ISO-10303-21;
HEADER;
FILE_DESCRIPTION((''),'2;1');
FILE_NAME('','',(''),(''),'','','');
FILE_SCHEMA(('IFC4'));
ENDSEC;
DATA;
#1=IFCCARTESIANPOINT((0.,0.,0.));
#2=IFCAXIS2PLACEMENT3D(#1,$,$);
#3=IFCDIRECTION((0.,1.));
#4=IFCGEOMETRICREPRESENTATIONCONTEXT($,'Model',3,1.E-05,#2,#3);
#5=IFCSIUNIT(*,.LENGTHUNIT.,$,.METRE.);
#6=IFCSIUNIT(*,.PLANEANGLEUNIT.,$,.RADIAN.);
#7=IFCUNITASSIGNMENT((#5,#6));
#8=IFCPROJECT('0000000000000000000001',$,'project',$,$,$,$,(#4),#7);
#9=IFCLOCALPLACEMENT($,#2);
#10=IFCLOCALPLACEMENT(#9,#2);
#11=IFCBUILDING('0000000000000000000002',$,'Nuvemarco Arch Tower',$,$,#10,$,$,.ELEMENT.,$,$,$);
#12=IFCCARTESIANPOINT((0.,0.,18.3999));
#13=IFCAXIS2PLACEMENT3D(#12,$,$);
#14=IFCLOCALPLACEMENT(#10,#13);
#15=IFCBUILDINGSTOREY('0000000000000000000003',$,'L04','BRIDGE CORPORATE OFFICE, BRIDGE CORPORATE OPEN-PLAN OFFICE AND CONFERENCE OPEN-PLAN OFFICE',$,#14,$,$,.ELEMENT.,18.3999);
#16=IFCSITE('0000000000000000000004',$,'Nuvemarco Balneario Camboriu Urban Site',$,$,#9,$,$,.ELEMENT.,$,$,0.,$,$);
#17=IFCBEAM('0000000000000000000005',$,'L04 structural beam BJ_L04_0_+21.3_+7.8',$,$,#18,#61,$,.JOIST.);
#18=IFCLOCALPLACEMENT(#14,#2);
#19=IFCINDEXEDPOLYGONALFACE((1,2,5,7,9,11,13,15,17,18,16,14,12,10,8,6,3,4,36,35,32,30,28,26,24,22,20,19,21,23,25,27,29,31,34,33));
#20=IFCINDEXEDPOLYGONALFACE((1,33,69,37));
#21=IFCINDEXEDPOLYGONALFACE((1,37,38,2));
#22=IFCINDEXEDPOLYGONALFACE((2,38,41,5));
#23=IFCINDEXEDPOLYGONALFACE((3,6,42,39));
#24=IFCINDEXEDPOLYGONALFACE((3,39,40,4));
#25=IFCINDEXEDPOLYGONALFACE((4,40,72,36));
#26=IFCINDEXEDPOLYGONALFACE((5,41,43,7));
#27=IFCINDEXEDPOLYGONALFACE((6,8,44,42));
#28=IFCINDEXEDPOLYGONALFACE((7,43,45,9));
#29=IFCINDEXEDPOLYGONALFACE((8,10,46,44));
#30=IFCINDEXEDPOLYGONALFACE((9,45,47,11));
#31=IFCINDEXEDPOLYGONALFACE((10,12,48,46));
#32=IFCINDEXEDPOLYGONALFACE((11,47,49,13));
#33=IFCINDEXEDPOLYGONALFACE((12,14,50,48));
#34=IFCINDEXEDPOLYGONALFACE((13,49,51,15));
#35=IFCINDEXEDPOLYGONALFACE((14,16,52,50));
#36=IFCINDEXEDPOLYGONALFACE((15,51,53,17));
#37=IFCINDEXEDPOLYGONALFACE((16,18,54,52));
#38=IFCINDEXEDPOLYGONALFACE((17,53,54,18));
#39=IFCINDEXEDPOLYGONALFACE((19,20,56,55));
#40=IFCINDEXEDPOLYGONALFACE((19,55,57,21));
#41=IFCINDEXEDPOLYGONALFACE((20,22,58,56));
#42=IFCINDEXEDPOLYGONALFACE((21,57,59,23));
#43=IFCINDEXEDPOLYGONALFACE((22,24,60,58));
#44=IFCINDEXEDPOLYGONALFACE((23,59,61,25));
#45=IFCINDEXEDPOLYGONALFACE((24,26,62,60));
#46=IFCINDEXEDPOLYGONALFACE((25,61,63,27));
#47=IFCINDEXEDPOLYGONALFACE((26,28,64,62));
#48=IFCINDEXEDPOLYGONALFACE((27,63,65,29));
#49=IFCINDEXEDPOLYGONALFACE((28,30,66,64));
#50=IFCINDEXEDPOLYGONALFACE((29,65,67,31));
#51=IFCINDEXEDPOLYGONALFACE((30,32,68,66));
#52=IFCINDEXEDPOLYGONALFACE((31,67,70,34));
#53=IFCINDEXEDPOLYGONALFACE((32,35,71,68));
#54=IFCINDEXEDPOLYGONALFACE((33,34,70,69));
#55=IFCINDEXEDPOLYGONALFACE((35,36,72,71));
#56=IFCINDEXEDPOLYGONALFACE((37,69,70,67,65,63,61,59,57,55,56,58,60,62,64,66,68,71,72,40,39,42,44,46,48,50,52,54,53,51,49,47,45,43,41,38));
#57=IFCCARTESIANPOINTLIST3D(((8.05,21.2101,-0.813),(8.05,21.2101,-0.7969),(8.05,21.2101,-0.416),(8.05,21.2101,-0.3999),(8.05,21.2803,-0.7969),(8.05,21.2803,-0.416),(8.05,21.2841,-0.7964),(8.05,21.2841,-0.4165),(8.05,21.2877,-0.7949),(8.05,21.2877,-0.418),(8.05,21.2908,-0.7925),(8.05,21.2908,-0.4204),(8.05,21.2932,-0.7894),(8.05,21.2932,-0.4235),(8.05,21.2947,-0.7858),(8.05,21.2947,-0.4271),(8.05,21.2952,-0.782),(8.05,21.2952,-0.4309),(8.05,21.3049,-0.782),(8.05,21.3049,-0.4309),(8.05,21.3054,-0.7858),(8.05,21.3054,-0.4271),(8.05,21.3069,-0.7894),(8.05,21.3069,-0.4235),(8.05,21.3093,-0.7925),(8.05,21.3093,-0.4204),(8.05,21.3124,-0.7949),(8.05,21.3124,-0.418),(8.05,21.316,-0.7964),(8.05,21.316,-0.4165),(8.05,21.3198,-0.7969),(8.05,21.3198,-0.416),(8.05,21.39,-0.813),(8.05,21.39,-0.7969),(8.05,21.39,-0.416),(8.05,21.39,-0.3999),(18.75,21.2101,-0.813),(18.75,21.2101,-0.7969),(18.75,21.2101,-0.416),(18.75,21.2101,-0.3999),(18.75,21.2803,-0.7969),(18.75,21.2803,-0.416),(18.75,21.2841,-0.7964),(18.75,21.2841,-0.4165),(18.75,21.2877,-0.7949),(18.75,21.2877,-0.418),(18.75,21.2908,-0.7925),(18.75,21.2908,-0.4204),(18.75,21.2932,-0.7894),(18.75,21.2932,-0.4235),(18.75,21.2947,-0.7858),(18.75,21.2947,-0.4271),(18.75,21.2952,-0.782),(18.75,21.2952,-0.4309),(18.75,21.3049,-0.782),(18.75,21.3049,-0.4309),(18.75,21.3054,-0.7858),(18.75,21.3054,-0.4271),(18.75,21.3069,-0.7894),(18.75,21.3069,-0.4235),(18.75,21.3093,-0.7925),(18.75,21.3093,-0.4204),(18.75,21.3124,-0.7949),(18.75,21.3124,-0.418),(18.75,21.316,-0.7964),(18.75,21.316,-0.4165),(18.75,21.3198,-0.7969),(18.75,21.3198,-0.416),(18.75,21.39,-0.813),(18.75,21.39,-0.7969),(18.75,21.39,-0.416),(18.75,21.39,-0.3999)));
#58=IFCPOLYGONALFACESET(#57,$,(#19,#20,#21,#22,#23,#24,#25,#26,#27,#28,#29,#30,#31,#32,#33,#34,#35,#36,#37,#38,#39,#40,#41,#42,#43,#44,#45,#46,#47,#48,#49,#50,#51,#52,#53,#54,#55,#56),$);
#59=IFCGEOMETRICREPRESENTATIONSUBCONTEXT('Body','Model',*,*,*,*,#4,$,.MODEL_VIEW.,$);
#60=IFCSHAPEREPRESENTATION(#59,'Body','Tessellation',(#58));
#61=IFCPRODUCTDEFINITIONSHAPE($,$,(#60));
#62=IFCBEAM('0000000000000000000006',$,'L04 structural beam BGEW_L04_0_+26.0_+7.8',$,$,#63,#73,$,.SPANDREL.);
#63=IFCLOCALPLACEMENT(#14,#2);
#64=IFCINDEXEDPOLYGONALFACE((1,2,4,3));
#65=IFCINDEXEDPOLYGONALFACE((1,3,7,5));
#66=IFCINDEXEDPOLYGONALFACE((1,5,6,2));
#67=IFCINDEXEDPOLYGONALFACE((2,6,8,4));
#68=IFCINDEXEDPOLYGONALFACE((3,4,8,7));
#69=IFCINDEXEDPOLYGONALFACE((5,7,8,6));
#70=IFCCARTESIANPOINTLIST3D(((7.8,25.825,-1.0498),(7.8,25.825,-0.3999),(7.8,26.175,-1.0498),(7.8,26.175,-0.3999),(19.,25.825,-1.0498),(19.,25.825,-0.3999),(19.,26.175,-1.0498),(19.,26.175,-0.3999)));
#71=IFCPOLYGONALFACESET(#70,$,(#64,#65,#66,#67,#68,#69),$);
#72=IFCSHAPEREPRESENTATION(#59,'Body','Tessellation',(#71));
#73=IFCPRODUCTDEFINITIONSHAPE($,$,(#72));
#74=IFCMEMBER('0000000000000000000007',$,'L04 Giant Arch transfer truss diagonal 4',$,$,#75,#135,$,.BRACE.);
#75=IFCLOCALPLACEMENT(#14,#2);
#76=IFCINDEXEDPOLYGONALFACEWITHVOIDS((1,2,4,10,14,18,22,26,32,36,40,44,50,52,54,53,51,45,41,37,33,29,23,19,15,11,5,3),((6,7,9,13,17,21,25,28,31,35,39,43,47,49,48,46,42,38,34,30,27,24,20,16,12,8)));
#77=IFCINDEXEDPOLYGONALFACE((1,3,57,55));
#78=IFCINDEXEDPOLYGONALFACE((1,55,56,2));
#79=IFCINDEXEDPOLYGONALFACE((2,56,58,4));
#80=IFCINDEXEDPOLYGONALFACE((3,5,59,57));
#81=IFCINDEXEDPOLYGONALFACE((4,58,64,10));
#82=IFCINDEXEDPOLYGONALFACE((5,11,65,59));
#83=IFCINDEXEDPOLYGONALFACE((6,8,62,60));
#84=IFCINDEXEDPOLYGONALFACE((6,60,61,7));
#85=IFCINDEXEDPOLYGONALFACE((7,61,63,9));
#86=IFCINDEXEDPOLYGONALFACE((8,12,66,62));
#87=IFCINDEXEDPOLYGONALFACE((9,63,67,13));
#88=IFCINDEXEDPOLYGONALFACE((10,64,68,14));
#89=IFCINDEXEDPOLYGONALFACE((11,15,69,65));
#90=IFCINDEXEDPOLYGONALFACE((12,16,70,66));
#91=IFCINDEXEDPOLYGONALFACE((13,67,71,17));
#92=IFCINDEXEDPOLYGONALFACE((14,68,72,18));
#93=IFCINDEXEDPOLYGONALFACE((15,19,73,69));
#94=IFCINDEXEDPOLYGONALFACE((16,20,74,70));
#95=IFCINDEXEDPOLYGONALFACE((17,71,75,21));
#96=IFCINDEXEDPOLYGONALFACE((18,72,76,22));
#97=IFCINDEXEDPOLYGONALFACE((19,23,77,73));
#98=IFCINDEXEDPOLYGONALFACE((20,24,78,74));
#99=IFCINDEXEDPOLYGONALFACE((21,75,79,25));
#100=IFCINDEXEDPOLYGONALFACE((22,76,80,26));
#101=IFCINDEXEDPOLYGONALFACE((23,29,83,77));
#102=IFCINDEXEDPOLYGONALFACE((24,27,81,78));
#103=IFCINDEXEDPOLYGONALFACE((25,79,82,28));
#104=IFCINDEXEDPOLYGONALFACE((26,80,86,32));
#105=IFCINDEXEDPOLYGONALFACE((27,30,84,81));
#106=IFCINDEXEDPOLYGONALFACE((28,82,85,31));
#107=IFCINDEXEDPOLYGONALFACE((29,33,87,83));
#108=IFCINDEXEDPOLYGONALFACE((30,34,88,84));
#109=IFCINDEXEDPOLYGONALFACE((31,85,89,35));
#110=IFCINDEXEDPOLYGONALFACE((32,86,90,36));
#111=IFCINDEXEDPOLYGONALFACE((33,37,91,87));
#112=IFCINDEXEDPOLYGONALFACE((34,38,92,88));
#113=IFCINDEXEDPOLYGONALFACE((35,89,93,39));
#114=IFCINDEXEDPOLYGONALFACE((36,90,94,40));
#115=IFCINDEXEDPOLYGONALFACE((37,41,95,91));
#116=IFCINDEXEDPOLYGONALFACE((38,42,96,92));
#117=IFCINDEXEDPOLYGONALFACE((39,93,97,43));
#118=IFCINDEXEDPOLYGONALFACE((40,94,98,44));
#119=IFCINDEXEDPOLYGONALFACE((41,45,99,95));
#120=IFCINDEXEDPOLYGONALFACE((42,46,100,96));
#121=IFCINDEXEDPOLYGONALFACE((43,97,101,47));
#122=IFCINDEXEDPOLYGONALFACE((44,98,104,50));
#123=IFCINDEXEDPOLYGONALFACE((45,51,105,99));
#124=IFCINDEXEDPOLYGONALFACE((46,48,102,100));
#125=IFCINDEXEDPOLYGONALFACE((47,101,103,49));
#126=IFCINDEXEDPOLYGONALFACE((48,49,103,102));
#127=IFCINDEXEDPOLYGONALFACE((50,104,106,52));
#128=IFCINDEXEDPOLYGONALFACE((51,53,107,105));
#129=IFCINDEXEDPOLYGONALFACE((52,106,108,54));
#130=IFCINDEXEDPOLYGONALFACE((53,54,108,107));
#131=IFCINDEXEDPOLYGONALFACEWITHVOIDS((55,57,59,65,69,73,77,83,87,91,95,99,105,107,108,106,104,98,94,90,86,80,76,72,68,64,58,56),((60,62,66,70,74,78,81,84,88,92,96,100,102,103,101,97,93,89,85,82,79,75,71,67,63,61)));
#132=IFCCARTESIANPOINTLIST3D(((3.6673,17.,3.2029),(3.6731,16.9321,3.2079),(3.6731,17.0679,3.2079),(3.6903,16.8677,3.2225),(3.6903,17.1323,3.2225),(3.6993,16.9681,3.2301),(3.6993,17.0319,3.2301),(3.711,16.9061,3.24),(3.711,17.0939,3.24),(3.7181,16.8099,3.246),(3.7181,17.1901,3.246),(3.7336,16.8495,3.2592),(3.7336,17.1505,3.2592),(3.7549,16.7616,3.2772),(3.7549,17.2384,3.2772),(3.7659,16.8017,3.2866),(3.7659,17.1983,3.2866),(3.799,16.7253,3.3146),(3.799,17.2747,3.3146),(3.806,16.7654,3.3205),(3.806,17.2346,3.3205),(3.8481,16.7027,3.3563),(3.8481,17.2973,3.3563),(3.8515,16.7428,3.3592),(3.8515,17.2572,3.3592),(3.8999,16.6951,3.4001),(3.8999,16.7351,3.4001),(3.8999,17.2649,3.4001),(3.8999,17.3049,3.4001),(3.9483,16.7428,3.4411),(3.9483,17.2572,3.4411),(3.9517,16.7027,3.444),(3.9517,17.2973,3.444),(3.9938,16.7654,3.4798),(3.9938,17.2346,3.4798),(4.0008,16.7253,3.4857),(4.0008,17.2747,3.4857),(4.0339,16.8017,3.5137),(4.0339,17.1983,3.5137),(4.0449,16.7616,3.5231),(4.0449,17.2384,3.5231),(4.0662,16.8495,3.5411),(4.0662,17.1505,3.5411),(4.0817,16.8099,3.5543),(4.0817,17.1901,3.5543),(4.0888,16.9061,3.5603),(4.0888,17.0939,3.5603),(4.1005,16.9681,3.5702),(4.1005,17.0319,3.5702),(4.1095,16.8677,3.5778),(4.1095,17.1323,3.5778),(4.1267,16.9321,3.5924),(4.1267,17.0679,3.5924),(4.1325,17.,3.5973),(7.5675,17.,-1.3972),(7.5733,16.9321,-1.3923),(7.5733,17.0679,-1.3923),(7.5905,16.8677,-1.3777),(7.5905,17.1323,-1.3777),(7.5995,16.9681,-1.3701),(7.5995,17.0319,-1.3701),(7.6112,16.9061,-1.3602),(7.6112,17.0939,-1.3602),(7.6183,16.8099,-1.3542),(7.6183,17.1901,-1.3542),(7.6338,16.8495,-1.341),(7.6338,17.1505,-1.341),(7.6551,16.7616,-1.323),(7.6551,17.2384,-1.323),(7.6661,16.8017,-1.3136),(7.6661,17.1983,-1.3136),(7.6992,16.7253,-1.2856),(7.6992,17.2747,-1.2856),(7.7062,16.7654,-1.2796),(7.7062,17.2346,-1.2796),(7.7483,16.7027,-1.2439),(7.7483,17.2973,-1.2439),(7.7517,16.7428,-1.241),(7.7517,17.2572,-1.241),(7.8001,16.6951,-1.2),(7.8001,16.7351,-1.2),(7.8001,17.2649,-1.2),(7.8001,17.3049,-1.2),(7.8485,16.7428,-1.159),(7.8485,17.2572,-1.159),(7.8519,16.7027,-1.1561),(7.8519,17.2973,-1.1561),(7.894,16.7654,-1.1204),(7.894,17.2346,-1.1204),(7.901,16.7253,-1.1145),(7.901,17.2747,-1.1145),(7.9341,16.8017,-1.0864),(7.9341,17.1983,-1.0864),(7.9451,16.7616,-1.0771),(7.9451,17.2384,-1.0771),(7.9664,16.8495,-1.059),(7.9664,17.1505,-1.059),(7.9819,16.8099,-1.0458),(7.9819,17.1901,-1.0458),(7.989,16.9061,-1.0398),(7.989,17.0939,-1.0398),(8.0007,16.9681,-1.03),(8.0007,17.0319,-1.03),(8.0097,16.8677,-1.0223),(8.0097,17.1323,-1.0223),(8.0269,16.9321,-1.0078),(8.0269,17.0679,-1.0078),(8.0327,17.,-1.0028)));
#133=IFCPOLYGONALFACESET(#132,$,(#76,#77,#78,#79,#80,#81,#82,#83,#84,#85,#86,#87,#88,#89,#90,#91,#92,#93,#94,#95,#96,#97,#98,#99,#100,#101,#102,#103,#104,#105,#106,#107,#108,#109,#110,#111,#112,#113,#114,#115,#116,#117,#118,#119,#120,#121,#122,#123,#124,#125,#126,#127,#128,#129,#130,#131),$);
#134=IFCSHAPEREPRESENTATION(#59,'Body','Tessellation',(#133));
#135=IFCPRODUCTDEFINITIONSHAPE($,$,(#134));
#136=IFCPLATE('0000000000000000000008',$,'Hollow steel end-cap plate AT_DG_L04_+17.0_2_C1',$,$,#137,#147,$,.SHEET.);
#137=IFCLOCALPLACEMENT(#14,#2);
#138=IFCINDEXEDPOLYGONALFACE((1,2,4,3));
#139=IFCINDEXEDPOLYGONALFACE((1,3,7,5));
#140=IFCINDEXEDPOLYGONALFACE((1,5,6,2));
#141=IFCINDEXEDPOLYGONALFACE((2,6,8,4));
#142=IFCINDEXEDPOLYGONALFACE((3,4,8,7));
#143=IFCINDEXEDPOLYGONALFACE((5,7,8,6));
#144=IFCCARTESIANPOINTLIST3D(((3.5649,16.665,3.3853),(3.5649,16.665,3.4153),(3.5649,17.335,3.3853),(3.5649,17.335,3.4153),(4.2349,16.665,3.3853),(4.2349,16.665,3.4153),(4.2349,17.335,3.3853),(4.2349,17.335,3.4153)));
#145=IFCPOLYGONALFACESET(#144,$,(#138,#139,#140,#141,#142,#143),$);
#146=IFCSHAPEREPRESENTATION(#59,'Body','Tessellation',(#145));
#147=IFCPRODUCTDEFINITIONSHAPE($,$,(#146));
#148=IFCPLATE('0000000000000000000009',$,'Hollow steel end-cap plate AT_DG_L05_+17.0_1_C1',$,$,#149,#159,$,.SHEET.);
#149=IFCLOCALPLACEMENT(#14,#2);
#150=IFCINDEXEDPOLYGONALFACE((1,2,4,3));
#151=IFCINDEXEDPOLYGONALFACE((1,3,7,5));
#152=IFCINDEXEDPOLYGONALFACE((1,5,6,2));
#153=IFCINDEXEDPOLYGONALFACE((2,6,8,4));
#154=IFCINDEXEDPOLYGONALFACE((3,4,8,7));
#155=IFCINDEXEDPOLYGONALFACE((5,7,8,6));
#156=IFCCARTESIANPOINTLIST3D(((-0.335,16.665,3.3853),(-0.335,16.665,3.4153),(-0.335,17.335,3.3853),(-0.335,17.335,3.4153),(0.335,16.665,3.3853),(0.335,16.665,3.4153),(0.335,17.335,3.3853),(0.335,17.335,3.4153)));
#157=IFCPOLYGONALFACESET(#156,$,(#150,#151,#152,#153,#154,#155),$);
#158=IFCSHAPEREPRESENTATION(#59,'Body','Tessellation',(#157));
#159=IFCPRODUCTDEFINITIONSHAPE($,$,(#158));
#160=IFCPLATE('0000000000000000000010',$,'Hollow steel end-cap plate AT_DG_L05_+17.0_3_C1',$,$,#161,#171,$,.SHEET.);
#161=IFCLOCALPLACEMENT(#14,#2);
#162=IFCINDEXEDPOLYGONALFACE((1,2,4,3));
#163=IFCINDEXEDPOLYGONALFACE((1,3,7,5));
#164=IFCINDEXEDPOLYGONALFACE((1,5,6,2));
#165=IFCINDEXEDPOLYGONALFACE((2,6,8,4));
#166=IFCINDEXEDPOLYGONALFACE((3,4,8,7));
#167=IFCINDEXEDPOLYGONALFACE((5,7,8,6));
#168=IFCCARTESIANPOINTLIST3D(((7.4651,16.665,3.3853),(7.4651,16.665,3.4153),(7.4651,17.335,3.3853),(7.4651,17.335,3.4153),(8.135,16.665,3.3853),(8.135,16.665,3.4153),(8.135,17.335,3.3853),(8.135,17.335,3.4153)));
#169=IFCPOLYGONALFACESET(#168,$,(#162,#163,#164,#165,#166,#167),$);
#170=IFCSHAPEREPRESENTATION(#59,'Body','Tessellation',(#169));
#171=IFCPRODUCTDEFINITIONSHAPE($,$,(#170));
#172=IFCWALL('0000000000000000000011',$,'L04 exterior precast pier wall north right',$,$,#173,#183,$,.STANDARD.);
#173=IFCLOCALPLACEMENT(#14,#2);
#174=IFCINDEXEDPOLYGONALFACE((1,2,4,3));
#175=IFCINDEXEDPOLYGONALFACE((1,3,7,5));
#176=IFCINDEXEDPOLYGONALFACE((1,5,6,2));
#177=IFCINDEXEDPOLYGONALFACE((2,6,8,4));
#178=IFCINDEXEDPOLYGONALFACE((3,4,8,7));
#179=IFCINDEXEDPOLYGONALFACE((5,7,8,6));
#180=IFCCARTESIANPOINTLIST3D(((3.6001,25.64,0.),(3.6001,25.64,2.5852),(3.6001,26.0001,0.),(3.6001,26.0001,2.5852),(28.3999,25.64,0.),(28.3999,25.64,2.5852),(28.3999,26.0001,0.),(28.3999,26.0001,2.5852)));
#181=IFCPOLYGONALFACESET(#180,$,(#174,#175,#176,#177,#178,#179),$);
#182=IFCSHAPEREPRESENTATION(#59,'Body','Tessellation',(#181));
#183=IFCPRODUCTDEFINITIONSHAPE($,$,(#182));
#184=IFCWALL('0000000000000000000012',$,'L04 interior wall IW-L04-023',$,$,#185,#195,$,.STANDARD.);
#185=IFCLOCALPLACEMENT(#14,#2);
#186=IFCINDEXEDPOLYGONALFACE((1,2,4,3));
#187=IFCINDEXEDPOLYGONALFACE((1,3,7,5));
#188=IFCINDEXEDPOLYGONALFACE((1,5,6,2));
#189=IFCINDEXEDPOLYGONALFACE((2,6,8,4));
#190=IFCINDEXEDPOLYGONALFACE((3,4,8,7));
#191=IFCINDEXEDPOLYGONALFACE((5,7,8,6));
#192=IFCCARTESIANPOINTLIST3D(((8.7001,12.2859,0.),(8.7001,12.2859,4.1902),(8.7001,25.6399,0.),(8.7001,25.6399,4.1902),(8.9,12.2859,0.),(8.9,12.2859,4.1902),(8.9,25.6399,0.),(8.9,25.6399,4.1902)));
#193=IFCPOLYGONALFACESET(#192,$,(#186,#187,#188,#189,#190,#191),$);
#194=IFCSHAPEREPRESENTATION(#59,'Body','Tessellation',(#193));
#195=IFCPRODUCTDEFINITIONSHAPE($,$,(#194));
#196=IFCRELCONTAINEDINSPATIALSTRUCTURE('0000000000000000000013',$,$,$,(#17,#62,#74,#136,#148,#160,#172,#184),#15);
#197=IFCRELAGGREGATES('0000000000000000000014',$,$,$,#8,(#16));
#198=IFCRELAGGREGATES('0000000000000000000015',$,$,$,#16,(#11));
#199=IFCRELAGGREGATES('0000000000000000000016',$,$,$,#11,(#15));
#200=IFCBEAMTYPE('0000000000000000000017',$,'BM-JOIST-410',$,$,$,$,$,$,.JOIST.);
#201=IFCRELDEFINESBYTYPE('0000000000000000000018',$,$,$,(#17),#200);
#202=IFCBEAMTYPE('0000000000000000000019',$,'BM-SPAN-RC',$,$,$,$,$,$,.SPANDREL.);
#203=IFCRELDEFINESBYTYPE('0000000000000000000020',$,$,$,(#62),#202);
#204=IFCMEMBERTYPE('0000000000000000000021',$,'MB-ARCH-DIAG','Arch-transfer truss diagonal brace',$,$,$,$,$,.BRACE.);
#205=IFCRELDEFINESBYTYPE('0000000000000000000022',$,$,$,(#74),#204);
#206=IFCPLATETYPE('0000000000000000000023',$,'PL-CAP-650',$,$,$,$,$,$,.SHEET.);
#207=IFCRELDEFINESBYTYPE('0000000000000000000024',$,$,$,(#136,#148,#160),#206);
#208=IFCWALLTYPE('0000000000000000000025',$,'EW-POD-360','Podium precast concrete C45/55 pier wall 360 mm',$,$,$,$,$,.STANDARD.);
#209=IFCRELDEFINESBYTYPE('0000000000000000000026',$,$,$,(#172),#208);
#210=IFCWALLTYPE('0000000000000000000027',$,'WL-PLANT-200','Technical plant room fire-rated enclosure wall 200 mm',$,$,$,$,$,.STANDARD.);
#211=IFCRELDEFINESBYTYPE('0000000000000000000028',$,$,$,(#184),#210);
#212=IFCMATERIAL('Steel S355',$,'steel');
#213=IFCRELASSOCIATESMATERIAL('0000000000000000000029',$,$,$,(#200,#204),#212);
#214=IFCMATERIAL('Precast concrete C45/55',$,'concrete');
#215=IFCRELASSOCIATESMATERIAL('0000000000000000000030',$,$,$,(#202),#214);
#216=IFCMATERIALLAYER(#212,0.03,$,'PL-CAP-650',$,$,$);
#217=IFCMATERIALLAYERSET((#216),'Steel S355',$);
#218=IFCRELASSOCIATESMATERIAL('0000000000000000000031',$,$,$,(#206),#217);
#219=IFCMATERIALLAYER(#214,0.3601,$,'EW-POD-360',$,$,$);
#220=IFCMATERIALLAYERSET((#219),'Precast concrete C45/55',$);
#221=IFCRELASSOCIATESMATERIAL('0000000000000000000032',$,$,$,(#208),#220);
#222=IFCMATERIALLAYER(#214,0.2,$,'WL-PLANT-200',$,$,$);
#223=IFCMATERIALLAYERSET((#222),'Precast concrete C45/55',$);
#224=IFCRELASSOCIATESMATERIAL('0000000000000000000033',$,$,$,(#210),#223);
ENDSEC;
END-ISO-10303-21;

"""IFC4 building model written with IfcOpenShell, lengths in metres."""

from ifc_helpers import new_model, si_unit, direction, frame, frame_2d, origin, origin_2d, place, context, subcontext, project, spatial, rectangle, hollow_circle, i_section, extrude, source, transform, mapped, material, layer, layer_set, material_profile, profile_set, type_object, type_shapes, element, save


model = new_model("IFC4")

# Units and contexts
model_context = context("Model", 3, precision=1e-05, world=origin(), true_north=direction((0.0, 1.0)))
body_context = subcontext(model_context, "Body", "Model", "MODEL_VIEW")
ifc_project = project(units=[si_unit("LENGTHUNIT", "METRE"), si_unit("PLANEANGLEUNIT", "RADIAN")], contexts=[model_context])

# Site, building, storey
site_placement = place(None, origin())
site = spatial("IfcSite", under=ifc_project, at=site_placement, Name="Nuvemarco Balneario Camboriu Urban Site", CompositionType="ELEMENT", RefElevation=0.0)
building_placement = place(site_placement, origin())
building = spatial("IfcBuilding", under=site, at=building_placement, Name="Nuvemarco Arch Tower", CompositionType="ELEMENT")
storey_placement = place(building_placement, frame((0.0, 0.0, 18.3999)))
storey = spatial("IfcBuildingStorey", under=building, at=storey_placement, Name="L04", Description="BRIDGE CORPORATE OFFICE, BRIDGE CORPORATE OPEN-PLAN OFFICE AND CONFERENCE OPEN-PLAN OFFICE", CompositionType="ELEMENT", Elevation=18.3999)

# Shared definitions
ifc_material_1 = material(Name="Steel S355", Category="steel")

# Beams
ifc_material_profile_1 = material_profile(ifc_material_1, i_section(OverallWidth=0.1799, OverallDepth=0.4131, WebThickness=0.0098, FlangeThickness=0.0161, FilletRadius=0.0149, at=origin_2d()), Name="W410x75")
ifc_profile_set_1 = profile_set([ifc_material_profile_1], Name="Steel S355")
beam_type_1 = type_object("IfcBeamType", Name="BM-JOIST-410", PredefinedType="JOIST", material=ifc_profile_set_1)
beam_1_placement = place(storey_placement, frame((8.05, 21.3, -0.6064), z_axis=(1.0, 0.0, 0.0), x_axis=(0.0, 1.0, 0.0)))
element("IfcBeam", 1, at=beam_1_placement, inside=storey, type_object=beam_type_1, Name="L04 structural beam BJ_L04_0_+21.3_+7.8", PredefinedType="JOIST", context=body_context, shape_type="SweptSolid", body=[
    extrude(i_section(OverallWidth=0.1799, OverallDepth=0.4131, WebThickness=0.0098, FlangeThickness=0.0161, FilletRadius=0.0149, at=origin_2d()), origin(), (0.0, 0.0, 1.0), 10.7),
])
ifc_material_2 = material(Name="Precast concrete C45/55", Category="concrete")
ifc_material_profile_2 = material_profile(ifc_material_2, rectangle(XDim=0.3501, YDim=0.6499, at=origin_2d()), Name="PC-SP-350x650")
ifc_profile_set_2 = profile_set([ifc_material_profile_2], Name="Precast concrete C45/55")
beam_type_2 = type_object("IfcBeamType", Name="BM-SPAN-RC", PredefinedType="SPANDREL", material=ifc_profile_set_2)
beam_2_placement = place(storey_placement, frame((7.8, 26.0, -0.7249), z_axis=(1.0, 0.0, 0.0), x_axis=(0.0, 1.0, 0.0)))
element("IfcBeam", 2, at=beam_2_placement, inside=storey, type_object=beam_type_2, Name="L04 structural beam BGEW_L04_0_+26.0_+7.8", PredefinedType="SPANDREL", context=body_context, shape_type="SweptSolid", body=[
    extrude(rectangle(XDim=0.3501, YDim=0.6499, at=origin_2d()), origin(), (0.0, 0.0, 1.0), 11.2),
])

# Member
ifc_material_profile_3 = material_profile(ifc_material_1, hollow_circle(Radius=0.3049, WallThickness=0.04, at=origin_2d()), Name="CHS610x40")
ifc_profile_set_3 = profile_set([ifc_material_profile_3], Name="Steel S355")
member_type = type_object("IfcMemberType", Name="MB-ARCH-DIAG", Description="Arch-transfer truss diagonal brace", PredefinedType="BRACE", material=ifc_profile_set_3)
member_placement = place(storey_placement, frame((3.8999, 17.0, 3.4001), z_axis=(0.646691, 0.0, -0.762752), x_axis=(0.0, 1.0, 0.0)))
element("IfcMember", 3, at=member_placement, inside=storey, type_object=member_type, Name="L04 Giant Arch transfer truss diagonal 4", PredefinedType="BRACE", context=body_context, shape_type="SweptSolid", body=[
    extrude(hollow_circle(Radius=0.3049, WallThickness=0.04, at=origin_2d()), origin(), (0.0, 0.0, 1.0), 6.031),
])

# Plates
ifc_layer_1 = layer(ifc_material_1, 0.03, Name="PL-CAP-650")
ifc_layer_set_1 = layer_set([ifc_layer_1], Name="Steel S355")
plate_type = type_object("IfcPlateType", Name="PL-CAP-650", PredefinedType="SHEET", material=ifc_layer_set_1)
shared_shape_1 = source(origin(), body_context, "Body", "SweptSolid", [
    extrude(rectangle(XDim=0.6699, YDim=0.6699, at=origin_2d()), origin(), (0.0, 0.0, 1.0), 0.03),
])
type_shapes(plate_type, [shared_shape_1])
for number, where, z_axis, x_axis, name in (
    (4, (3.8999, 17.0, 3.3853), (0.0, 0.0, 1.0), (1.0, 0.0, 0.0), "Hollow steel end-cap plate AT_DG_L04_+17.0_2_C1"),
    (5, (0.0, 17.0, 3.3853), (0.0, 0.0, 1.0), (1.0, 0.0, 0.0), "Hollow steel end-cap plate AT_DG_L05_+17.0_1_C1"),
    (6, (7.8, 17.0, 3.3853), (0.0, 0.0, 1.0), (1.0, 0.0, 0.0), "Hollow steel end-cap plate AT_DG_L05_+17.0_3_C1"),
):
    element("IfcPlate", number, at=place(storey_placement, frame(where, z_axis=z_axis, x_axis=x_axis)), inside=storey, type_object=plate_type, Name=name, PredefinedType="SHEET", context=body_context, shape_type="MappedRepresentation", body=[
        mapped(shared_shape_1, transform((0.0, 0.0, 0.0), scale=1.0)),
    ])

# Walls
ifc_layer_2 = layer(ifc_material_2, 0.3601, Name="EW-POD-360")
ifc_layer_set_2 = layer_set([ifc_layer_2], Name="Precast concrete C45/55")
wall_type_1 = type_object("IfcWallType", Name="EW-POD-360", Description="Podium precast concrete C45/55 pier wall 360 mm", PredefinedType="STANDARD", material=ifc_layer_set_2)
wall_1_placement = place(storey_placement, frame((3.6001, 25.8201, 0.0), z_axis=(0.0, 0.0, 1.0), x_axis=(1.0, 0.0, 0.0)))
element("IfcWall", 7, at=wall_1_placement, inside=storey, type_object=wall_type_1, Name="L04 exterior precast pier wall north right", PredefinedType="STANDARD", context=body_context, shape_type="SweptSolid", body=[
    extrude(rectangle(XDim=24.7998, YDim=0.3601, at=frame_2d((12.3999, 0.0))), origin(), (0.0, 0.0, 1.0), 2.5852),
])
ifc_layer_3 = layer(ifc_material_2, 0.2, Name="WL-PLANT-200")
ifc_layer_set_3 = layer_set([ifc_layer_3], Name="Precast concrete C45/55")
wall_type_2 = type_object("IfcWallType", Name="WL-PLANT-200", Description="Technical plant room fire-rated enclosure wall 200 mm", PredefinedType="STANDARD", material=ifc_layer_set_3)
wall_2_placement = place(storey_placement, frame((8.8, 12.2859, 0.0), z_axis=(0.0, 0.0, 1.0), x_axis=(0.0, 1.0, 0.0)))
element("IfcWall", 8, at=wall_2_placement, inside=storey, type_object=wall_type_2, Name="L04 interior wall IW-L04-023", PredefinedType="STANDARD", context=body_context, shape_type="SweptSolid", body=[
    extrude(rectangle(XDim=13.354, YDim=0.2, at=frame_2d((6.677, 0.0))), origin(), (0.0, 0.0, 1.0), 4.1902),
])

save(model, "model.ifc")
